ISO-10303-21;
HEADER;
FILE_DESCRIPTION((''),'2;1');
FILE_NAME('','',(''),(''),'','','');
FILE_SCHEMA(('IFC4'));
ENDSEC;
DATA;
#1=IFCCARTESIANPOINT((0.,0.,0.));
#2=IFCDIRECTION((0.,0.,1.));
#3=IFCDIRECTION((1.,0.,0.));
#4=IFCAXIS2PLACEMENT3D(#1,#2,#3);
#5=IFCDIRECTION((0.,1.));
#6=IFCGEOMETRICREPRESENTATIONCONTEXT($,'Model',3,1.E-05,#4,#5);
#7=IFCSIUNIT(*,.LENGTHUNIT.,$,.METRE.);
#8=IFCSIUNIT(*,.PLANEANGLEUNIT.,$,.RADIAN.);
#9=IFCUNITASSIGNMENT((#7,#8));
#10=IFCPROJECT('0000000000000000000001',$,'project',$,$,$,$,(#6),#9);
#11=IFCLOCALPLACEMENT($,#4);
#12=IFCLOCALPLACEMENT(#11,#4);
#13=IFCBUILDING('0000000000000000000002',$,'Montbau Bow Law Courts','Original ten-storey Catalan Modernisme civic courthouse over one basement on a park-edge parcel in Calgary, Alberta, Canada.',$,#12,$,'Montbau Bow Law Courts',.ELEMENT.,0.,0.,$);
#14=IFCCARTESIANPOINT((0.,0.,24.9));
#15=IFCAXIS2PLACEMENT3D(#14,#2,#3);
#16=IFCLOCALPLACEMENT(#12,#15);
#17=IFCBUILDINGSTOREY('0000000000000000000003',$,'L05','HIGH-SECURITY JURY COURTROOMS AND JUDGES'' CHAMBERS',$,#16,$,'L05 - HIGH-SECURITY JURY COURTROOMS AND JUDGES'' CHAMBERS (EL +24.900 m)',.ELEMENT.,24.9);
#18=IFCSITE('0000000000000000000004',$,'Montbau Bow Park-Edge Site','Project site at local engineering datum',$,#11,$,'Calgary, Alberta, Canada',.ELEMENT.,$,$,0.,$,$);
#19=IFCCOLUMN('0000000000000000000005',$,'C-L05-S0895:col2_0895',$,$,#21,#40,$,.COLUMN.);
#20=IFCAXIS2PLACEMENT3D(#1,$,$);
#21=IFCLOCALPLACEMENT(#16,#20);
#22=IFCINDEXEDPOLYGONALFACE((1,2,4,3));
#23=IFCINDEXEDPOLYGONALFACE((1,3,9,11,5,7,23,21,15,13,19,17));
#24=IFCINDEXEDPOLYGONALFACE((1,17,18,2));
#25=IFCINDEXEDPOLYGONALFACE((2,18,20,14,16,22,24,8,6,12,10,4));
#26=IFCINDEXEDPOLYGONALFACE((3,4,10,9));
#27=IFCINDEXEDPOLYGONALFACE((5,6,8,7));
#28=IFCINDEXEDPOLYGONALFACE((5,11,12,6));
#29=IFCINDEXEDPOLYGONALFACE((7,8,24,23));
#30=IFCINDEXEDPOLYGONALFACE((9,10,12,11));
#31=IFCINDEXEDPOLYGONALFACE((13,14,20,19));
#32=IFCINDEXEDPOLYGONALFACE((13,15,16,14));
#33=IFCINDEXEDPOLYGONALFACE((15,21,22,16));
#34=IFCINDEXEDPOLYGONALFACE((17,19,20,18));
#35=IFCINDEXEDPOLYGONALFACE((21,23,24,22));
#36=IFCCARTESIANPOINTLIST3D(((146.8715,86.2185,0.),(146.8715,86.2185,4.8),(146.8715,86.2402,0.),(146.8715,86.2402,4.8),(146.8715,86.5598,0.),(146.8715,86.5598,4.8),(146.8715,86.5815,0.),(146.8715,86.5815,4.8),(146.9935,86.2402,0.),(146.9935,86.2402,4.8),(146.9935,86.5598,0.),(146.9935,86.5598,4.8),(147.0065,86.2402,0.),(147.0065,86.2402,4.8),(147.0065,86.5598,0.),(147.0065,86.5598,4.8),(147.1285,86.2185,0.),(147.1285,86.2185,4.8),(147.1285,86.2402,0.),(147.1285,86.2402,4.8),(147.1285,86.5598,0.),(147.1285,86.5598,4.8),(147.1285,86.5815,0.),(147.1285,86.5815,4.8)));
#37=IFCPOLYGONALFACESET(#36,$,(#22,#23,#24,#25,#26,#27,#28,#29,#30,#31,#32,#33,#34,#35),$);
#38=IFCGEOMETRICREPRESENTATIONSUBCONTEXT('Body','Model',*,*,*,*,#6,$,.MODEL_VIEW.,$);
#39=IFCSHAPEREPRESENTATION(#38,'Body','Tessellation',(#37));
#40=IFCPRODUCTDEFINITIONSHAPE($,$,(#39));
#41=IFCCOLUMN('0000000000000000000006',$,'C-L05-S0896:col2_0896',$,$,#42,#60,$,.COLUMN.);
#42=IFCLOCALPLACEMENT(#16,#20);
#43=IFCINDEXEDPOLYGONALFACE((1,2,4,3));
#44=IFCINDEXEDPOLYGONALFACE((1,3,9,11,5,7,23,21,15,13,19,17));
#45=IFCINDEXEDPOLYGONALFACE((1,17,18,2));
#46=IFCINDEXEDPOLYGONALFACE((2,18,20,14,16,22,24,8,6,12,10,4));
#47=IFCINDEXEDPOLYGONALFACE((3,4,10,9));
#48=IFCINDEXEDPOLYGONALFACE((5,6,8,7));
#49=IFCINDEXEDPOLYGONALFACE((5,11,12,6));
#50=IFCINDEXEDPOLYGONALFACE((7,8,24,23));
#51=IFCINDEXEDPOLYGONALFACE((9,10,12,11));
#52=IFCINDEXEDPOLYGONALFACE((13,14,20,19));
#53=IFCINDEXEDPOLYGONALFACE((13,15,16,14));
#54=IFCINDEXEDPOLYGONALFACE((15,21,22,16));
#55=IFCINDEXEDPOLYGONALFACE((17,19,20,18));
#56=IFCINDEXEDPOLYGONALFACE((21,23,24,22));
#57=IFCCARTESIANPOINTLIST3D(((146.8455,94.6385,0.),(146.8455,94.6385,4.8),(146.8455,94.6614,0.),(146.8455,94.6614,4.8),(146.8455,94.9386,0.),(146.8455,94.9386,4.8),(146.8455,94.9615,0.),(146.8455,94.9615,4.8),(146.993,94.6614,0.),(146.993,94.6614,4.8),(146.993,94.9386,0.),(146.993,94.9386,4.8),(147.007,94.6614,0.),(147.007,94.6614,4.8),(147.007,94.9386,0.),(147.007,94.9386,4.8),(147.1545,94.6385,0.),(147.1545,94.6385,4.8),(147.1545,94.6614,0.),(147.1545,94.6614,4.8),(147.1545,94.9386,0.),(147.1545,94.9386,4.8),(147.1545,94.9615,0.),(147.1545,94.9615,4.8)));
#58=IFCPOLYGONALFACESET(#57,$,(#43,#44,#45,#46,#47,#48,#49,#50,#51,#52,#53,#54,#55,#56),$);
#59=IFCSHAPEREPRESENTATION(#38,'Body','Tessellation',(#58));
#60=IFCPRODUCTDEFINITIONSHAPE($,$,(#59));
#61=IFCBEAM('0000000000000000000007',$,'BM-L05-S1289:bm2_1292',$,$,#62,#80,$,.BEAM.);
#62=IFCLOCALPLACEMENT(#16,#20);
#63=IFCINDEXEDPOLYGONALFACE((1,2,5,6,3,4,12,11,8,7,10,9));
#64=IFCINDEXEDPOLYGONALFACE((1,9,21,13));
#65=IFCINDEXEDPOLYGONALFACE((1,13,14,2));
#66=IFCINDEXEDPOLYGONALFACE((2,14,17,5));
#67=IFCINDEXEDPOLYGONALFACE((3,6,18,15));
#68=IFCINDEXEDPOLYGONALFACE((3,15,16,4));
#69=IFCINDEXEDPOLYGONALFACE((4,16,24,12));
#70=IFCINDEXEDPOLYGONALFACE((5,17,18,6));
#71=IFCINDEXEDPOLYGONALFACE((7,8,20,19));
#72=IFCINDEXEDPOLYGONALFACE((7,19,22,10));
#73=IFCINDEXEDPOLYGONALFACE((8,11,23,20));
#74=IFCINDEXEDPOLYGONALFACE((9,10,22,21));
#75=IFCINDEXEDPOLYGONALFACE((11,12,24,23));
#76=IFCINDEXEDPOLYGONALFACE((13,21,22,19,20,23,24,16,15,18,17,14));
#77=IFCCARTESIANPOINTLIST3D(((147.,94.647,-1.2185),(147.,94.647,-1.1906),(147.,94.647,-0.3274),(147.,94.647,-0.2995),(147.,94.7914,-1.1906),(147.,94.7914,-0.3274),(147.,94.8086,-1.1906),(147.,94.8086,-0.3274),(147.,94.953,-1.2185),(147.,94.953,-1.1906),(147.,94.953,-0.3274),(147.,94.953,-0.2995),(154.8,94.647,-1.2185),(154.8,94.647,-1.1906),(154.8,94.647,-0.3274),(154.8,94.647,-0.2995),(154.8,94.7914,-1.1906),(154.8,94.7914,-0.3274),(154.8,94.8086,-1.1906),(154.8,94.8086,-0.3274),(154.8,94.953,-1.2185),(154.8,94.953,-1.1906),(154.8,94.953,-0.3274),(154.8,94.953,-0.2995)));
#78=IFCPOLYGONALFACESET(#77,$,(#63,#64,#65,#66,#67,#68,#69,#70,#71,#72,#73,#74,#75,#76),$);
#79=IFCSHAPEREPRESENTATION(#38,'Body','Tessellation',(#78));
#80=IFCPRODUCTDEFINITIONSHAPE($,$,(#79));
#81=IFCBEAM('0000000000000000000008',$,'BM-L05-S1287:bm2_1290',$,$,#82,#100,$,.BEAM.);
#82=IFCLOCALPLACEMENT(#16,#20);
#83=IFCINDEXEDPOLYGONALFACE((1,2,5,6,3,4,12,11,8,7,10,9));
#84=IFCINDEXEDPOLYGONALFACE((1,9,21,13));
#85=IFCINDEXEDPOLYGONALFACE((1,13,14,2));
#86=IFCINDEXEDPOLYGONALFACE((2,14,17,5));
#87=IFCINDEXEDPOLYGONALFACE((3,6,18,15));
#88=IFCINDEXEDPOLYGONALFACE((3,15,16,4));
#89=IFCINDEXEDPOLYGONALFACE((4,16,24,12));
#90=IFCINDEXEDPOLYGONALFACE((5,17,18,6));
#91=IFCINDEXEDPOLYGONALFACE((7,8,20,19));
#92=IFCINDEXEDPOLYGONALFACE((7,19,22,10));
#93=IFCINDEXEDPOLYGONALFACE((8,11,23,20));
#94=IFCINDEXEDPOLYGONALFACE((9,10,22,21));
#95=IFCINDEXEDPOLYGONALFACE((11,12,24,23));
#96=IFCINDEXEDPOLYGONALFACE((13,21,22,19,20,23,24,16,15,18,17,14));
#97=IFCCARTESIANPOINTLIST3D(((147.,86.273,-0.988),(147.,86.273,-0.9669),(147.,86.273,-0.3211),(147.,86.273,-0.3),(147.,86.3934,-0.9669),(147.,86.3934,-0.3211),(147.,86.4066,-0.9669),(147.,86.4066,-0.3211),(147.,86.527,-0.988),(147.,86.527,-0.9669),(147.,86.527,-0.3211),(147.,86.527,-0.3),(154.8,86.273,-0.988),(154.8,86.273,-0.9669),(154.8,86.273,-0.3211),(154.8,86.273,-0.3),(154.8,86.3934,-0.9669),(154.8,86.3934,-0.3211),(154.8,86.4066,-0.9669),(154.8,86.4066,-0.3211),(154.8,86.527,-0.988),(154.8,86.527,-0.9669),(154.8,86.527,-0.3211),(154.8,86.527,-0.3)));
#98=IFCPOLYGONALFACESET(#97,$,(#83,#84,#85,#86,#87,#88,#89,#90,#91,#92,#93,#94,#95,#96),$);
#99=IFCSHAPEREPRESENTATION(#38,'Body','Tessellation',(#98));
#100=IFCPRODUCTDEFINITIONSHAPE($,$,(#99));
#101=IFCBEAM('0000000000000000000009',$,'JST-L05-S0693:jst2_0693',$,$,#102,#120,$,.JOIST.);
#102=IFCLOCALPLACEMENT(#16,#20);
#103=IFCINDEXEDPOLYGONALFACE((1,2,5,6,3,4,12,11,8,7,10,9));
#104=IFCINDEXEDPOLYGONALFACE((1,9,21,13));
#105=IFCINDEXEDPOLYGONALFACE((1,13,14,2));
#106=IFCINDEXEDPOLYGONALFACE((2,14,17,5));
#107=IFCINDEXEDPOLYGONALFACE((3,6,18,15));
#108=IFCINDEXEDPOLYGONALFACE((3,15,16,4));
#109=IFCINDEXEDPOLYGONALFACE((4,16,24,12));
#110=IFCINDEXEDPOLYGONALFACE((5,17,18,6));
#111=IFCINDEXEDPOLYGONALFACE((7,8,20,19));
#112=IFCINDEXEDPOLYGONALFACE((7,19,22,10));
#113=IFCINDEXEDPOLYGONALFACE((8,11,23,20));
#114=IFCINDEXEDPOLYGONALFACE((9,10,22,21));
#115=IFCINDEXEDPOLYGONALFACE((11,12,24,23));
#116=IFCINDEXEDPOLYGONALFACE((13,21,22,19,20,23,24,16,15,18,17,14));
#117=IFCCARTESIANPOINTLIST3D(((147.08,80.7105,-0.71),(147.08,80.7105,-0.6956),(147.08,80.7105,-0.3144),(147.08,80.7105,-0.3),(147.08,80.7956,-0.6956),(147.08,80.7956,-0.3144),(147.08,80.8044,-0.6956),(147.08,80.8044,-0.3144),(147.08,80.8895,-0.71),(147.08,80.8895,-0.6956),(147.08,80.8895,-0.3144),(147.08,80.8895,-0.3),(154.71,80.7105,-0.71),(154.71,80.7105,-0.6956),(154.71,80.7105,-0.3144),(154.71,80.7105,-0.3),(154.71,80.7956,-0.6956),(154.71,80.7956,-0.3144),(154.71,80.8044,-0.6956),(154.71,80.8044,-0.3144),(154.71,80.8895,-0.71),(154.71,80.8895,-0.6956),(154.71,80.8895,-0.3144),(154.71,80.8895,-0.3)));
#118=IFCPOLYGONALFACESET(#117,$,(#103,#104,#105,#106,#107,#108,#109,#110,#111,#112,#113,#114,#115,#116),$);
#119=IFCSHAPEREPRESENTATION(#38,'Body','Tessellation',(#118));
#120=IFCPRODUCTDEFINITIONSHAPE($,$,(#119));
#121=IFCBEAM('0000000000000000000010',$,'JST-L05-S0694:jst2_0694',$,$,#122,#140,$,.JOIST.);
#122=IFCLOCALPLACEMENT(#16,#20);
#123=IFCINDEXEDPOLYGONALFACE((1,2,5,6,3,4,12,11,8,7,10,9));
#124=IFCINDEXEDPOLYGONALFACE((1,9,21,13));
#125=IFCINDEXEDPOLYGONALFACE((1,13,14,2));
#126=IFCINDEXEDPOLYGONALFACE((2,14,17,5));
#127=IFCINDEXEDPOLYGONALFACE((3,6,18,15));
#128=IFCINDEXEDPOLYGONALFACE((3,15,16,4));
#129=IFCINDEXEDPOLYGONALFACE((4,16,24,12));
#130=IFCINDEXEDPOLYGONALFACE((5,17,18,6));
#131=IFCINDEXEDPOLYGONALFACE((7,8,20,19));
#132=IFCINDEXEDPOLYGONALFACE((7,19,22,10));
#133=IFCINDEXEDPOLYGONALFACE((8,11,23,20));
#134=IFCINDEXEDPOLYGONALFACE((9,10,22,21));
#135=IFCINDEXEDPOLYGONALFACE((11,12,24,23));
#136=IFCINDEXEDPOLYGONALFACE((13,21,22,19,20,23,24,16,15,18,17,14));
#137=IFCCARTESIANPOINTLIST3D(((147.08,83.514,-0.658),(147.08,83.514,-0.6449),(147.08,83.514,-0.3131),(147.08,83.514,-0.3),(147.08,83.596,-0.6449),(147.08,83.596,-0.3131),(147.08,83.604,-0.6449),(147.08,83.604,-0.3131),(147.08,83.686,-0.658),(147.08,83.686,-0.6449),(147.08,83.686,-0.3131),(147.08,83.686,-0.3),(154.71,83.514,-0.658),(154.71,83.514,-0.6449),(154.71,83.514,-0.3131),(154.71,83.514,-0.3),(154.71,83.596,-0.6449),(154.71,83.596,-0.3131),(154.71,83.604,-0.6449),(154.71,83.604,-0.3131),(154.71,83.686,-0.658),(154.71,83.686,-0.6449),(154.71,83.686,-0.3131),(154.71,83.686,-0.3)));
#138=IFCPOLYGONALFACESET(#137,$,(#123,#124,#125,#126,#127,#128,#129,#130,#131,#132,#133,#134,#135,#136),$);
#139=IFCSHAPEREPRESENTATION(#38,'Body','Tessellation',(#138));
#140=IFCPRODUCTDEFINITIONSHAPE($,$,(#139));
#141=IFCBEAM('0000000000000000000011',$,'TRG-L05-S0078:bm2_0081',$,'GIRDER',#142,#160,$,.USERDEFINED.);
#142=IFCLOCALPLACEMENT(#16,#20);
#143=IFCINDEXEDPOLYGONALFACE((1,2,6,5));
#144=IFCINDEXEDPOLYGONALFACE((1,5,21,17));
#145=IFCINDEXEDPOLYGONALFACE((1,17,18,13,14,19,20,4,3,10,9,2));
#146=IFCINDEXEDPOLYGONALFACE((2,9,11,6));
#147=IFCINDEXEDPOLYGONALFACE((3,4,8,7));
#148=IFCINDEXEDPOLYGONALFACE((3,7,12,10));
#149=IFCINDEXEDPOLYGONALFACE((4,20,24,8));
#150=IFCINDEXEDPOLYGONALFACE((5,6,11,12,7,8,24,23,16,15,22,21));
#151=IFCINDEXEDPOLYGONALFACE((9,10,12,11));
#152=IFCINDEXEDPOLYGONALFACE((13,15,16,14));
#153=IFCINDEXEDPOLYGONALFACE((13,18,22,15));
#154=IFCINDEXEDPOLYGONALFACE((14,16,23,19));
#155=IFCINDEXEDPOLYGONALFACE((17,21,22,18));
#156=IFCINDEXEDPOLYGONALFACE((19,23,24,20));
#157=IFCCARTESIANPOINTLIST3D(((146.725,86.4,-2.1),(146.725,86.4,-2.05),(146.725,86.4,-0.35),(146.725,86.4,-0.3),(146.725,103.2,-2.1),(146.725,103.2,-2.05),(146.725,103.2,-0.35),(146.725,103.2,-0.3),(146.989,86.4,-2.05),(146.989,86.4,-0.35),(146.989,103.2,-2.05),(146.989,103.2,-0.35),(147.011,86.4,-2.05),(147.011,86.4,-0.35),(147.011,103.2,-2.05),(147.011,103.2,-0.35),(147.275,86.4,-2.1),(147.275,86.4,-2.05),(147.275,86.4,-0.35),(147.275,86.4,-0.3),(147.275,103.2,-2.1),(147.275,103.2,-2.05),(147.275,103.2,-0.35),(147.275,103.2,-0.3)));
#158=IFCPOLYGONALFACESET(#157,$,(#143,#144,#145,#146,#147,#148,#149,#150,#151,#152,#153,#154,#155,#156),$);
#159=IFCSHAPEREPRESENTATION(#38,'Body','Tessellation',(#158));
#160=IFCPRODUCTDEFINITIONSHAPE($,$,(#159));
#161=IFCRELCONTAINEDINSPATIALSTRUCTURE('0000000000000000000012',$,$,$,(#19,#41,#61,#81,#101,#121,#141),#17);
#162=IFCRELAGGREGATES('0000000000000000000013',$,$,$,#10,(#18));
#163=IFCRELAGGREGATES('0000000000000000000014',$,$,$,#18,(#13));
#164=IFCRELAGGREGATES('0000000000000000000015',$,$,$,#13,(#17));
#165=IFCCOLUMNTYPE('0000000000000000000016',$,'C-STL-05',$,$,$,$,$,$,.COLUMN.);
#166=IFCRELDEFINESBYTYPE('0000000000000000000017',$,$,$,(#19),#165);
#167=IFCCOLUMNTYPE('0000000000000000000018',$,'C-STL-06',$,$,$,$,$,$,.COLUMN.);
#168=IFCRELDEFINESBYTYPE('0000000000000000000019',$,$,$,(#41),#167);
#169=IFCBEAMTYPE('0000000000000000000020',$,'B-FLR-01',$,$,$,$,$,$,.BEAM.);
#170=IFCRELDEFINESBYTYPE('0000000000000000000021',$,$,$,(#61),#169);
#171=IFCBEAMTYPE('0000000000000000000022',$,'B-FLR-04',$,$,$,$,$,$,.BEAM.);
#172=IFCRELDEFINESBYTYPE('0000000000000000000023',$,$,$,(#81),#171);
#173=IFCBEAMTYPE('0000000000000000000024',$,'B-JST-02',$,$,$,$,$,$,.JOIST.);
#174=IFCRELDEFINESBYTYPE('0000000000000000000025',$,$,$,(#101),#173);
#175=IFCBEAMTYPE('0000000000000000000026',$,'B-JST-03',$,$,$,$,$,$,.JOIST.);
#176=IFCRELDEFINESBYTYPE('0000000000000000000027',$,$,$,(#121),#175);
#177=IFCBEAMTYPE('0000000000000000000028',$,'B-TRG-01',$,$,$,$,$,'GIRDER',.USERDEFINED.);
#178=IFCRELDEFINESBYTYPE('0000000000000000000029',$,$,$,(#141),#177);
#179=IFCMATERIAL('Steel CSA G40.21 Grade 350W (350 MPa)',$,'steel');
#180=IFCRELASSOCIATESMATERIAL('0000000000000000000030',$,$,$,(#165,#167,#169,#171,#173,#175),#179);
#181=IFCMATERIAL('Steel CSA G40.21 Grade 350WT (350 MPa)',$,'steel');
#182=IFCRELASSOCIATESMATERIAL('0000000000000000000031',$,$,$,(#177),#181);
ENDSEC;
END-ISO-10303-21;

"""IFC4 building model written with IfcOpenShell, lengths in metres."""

from ifc_helpers import new_model, si_unit, direction, frame, origin_with_axes, origin_2d_with_axis, place, context, subcontext, project, spatial, i_section, extrude, material, material_profile, profile_set, type_object, element, save


model = new_model("IFC4")

# Units and contexts
model_context = context("Model", 3, precision=1e-05, world=origin_with_axes(), true_north=direction((0.0, 1.0)))
body_context = subcontext(model_context, "Body", "Model", "MODEL_VIEW")
ifc_project = project(units=[si_unit("LENGTHUNIT", "METRE"), si_unit("PLANEANGLEUNIT", "RADIAN")], contexts=[model_context])

# Site, building, storey
site_placement = place(None, origin_with_axes())
site = spatial("IfcSite", under=ifc_project, at=site_placement, Name="Montbau Bow Park-Edge Site", Description="Project site at local engineering datum", LongName="Calgary, Alberta, Canada", CompositionType="ELEMENT", RefElevation=0.0)
building_placement = place(site_placement, origin_with_axes())
building = spatial("IfcBuilding", under=site, at=building_placement, Name="Montbau Bow Law Courts", Description="Original ten-storey Catalan Modernisme civic courthouse over one basement on a park-edge parcel in Calgary, Alberta, Canada.", LongName="Montbau Bow Law Courts", CompositionType="ELEMENT", ElevationOfRefHeight=0.0, ElevationOfTerrain=0.0)
storey_placement = place(building_placement, frame((0.0, 0.0, 24.9), z_axis=(0.0, 0.0, 1.0), x_axis=(1.0, 0.0, 0.0)))
storey = spatial("IfcBuildingStorey", under=building, at=storey_placement, Name="L05", Description="HIGH-SECURITY JURY COURTROOMS AND JUDGES' CHAMBERS", LongName="L05 - HIGH-SECURITY JURY COURTROOMS AND JUDGES' CHAMBERS (EL +24.900 m)", CompositionType="ELEMENT", Elevation=24.9)

# Columns
ifc_material_1 = material(Name="Steel CSA G40.21 Grade 350W (350 MPa)", Category="steel")
ifc_material_profile_1 = material_profile(ifc_material_1, i_section(OverallWidth=0.257, OverallDepth=0.363, WebThickness=0.013, FlangeThickness=0.0217, at=origin_2d_with_axis()), Name="W360X122", Category="Main", Priority=0)
ifc_profile_set_1 = profile_set([ifc_material_profile_1], Name="Steel CSA G40.21 Grade 350W (350 MPa)")
column_type_1 = type_object("IfcColumnType", Name="C-STL-05", PredefinedType="COLUMN", material=ifc_profile_set_1)
column_1_placement = place(None, frame((147.0, 86.4, 24.9), z_axis=(0.0, 0.0, 1.0), x_axis=(1.0, 0.0, 0.0)))
element("IfcColumn", 1, at=column_1_placement, inside=storey, type_object=column_type_1, Name="C-L05-S0895:col2_0895", PredefinedType="COLUMN", context=body_context, shape_type="SweptSolid", body=[
    extrude(i_section(OverallWidth=0.257, OverallDepth=0.363, WebThickness=0.013, FlangeThickness=0.0217, at=origin_2d_with_axis()), origin_with_axes(), (0.0, 0.0, 1.0), 4.8),
])
ifc_material_profile_2 = material_profile(ifc_material_1, i_section(OverallWidth=0.309, OverallDepth=0.323, WebThickness=0.014, FlangeThickness=0.0229, at=origin_2d_with_axis()), Name="W310X143", Category="Main", Priority=0)
ifc_profile_set_2 = profile_set([ifc_material_profile_2], Name="Steel CSA G40.21 Grade 350W (350 MPa)")
column_type_2 = type_object("IfcColumnType", Name="C-STL-06", PredefinedType="COLUMN", material=ifc_profile_set_2)
column_2_placement = place(None, frame((147.0, 94.8, 24.9), z_axis=(0.0, 0.0, 1.0), x_axis=(1.0, 0.0, 0.0)))
element("IfcColumn", 2, at=column_2_placement, inside=storey, type_object=column_type_2, Name="C-L05-S0896:col2_0896", PredefinedType="COLUMN", context=body_context, shape_type="SweptSolid", body=[
    extrude(i_section(OverallWidth=0.309, OverallDepth=0.323, WebThickness=0.014, FlangeThickness=0.0229, at=origin_2d_with_axis()), origin_with_axes(), (0.0, 0.0, 1.0), 4.8),
])

# Beams
ifc_material_profile_3 = material_profile(ifc_material_1, i_section(OverallWidth=0.306, OverallDepth=0.919, WebThickness=0.0173, FlangeThickness=0.0279, at=origin_2d_with_axis()), Name="W920X253", Category="Main", Priority=0)
ifc_profile_set_3 = profile_set([ifc_material_profile_3], Name="Steel CSA G40.21 Grade 350W (350 MPa)")
beam_type_1 = type_object("IfcBeamType", Name="B-FLR-01", PredefinedType="BEAM", material=ifc_profile_set_3)
beam_1_placement = place(None, frame((147.0, 94.8, 24.141), z_axis=(1.0, 0.0, 0.0), x_axis=(0.0, 1.0, 0.0)))
element("IfcBeam", 3, at=beam_1_placement, inside=storey, type_object=beam_type_1, Name="BM-L05-S1289:bm2_1292", PredefinedType="BEAM", context=body_context, shape_type="SweptSolid", body=[
    extrude(i_section(OverallWidth=0.306, OverallDepth=0.919, WebThickness=0.0173, FlangeThickness=0.0279, at=origin_2d_with_axis()), origin_with_axes(), (0.0, 0.0, 1.0), 7.8),
])
ifc_material_profile_4 = material_profile(ifc_material_1, i_section(OverallWidth=0.254, OverallDepth=0.688, WebThickness=0.0131, FlangeThickness=0.0211, at=origin_2d_with_axis()), Name="W690X152", Category="Main", Priority=0)
ifc_profile_set_4 = profile_set([ifc_material_profile_4], Name="Steel CSA G40.21 Grade 350W (350 MPa)")
beam_type_2 = type_object("IfcBeamType", Name="B-FLR-04", PredefinedType="BEAM", material=ifc_profile_set_4)
beam_2_placement = place(None, frame((147.0, 86.4, 24.256), z_axis=(1.0, 0.0, 0.0), x_axis=(0.0, 1.0, 0.0)))
element("IfcBeam", 4, at=beam_2_placement, inside=storey, type_object=beam_type_2, Name="BM-L05-S1287:bm2_1290", PredefinedType="BEAM", context=body_context, shape_type="SweptSolid", body=[
    extrude(i_section(OverallWidth=0.254, OverallDepth=0.688, WebThickness=0.0131, FlangeThickness=0.0211, at=origin_2d_with_axis()), origin_with_axes(), (0.0, 0.0, 1.0), 7.8),
])
ifc_material_profile_5 = material_profile(ifc_material_1, i_section(OverallWidth=0.179, OverallDepth=0.41, WebThickness=0.0088, FlangeThickness=0.0144, at=origin_2d_with_axis()), Name="W410X67", Category="Main", Priority=0)
ifc_profile_set_5 = profile_set([ifc_material_profile_5], Name="Steel CSA G40.21 Grade 350W (350 MPa)")
beam_type_3 = type_object("IfcBeamType", Name="B-JST-02", PredefinedType="JOIST", material=ifc_profile_set_5)
beam_3_placement = place(None, frame((147.08, 80.8, 24.395), z_axis=(1.0, 0.0, 0.0), x_axis=(0.0, 1.0, 0.0)))
element("IfcBeam", 5, at=beam_3_placement, inside=storey, type_object=beam_type_3, Name="JST-L05-S0693:jst2_0693", PredefinedType="JOIST", context=body_context, shape_type="SweptSolid", body=[
    extrude(i_section(OverallWidth=0.179, OverallDepth=0.41, WebThickness=0.0088, FlangeThickness=0.0144, at=origin_2d_with_axis()), origin_with_axes(), (0.0, 0.0, 1.0), 7.63),
])
ifc_material_profile_6 = material_profile(ifc_material_1, i_section(OverallWidth=0.172, OverallDepth=0.358, WebThickness=0.0079, FlangeThickness=0.0131, at=origin_2d_with_axis()), Name="W360X57", Category="Main", Priority=0)
ifc_profile_set_6 = profile_set([ifc_material_profile_6], Name="Steel CSA G40.21 Grade 350W (350 MPa)")
beam_type_4 = type_object("IfcBeamType", Name="B-JST-03", PredefinedType="JOIST", material=ifc_profile_set_6)
beam_4_placement = place(None, frame((147.08, 83.6, 24.421), z_axis=(1.0, 0.0, 0.0), x_axis=(0.0, 1.0, 0.0)))
element("IfcBeam", 6, at=beam_4_placement, inside=storey, type_object=beam_type_4, Name="JST-L05-S0694:jst2_0694", PredefinedType="JOIST", context=body_context, shape_type="SweptSolid", body=[
    extrude(i_section(OverallWidth=0.172, OverallDepth=0.358, WebThickness=0.0079, FlangeThickness=0.0131, at=origin_2d_with_axis()), origin_with_axes(), (0.0, 0.0, 1.0), 7.63),
])
ifc_material_2 = material(Name="Steel CSA G40.21 Grade 350WT (350 MPa)", Category="steel")
ifc_material_profile_7 = material_profile(ifc_material_2, i_section(OverallWidth=0.55, OverallDepth=1.8, WebThickness=0.022, FlangeThickness=0.05, at=origin_2d_with_axis()), Name="WWF1800X550", Category="Main", Priority=0)
ifc_profile_set_7 = profile_set([ifc_material_profile_7], Name="Steel CSA G40.21 Grade 350WT (350 MPa)")
beam_type_5 = type_object("IfcBeamType", Name="B-TRG-01", ElementType="GIRDER", PredefinedType="USERDEFINED", material=ifc_profile_set_7)
beam_5_placement = place(None, frame((147.0, 86.4, 23.7), z_axis=(0.0, 1.0, 0.0), x_axis=(-1.0, 0.0, 0.0)))
element("IfcBeam", 7, at=beam_5_placement, inside=storey, type_object=beam_type_5, Name="TRG-L05-S0078:bm2_0081", ObjectType="GIRDER", PredefinedType="USERDEFINED", context=body_context, shape_type="SweptSolid", body=[
    extrude(i_section(OverallWidth=0.55, OverallDepth=1.8, WebThickness=0.022, FlangeThickness=0.05, at=origin_2d_with_axis()), origin_with_axes(), (0.0, 0.0, 1.0), 16.8),
])

save(model, "model.ifc")
